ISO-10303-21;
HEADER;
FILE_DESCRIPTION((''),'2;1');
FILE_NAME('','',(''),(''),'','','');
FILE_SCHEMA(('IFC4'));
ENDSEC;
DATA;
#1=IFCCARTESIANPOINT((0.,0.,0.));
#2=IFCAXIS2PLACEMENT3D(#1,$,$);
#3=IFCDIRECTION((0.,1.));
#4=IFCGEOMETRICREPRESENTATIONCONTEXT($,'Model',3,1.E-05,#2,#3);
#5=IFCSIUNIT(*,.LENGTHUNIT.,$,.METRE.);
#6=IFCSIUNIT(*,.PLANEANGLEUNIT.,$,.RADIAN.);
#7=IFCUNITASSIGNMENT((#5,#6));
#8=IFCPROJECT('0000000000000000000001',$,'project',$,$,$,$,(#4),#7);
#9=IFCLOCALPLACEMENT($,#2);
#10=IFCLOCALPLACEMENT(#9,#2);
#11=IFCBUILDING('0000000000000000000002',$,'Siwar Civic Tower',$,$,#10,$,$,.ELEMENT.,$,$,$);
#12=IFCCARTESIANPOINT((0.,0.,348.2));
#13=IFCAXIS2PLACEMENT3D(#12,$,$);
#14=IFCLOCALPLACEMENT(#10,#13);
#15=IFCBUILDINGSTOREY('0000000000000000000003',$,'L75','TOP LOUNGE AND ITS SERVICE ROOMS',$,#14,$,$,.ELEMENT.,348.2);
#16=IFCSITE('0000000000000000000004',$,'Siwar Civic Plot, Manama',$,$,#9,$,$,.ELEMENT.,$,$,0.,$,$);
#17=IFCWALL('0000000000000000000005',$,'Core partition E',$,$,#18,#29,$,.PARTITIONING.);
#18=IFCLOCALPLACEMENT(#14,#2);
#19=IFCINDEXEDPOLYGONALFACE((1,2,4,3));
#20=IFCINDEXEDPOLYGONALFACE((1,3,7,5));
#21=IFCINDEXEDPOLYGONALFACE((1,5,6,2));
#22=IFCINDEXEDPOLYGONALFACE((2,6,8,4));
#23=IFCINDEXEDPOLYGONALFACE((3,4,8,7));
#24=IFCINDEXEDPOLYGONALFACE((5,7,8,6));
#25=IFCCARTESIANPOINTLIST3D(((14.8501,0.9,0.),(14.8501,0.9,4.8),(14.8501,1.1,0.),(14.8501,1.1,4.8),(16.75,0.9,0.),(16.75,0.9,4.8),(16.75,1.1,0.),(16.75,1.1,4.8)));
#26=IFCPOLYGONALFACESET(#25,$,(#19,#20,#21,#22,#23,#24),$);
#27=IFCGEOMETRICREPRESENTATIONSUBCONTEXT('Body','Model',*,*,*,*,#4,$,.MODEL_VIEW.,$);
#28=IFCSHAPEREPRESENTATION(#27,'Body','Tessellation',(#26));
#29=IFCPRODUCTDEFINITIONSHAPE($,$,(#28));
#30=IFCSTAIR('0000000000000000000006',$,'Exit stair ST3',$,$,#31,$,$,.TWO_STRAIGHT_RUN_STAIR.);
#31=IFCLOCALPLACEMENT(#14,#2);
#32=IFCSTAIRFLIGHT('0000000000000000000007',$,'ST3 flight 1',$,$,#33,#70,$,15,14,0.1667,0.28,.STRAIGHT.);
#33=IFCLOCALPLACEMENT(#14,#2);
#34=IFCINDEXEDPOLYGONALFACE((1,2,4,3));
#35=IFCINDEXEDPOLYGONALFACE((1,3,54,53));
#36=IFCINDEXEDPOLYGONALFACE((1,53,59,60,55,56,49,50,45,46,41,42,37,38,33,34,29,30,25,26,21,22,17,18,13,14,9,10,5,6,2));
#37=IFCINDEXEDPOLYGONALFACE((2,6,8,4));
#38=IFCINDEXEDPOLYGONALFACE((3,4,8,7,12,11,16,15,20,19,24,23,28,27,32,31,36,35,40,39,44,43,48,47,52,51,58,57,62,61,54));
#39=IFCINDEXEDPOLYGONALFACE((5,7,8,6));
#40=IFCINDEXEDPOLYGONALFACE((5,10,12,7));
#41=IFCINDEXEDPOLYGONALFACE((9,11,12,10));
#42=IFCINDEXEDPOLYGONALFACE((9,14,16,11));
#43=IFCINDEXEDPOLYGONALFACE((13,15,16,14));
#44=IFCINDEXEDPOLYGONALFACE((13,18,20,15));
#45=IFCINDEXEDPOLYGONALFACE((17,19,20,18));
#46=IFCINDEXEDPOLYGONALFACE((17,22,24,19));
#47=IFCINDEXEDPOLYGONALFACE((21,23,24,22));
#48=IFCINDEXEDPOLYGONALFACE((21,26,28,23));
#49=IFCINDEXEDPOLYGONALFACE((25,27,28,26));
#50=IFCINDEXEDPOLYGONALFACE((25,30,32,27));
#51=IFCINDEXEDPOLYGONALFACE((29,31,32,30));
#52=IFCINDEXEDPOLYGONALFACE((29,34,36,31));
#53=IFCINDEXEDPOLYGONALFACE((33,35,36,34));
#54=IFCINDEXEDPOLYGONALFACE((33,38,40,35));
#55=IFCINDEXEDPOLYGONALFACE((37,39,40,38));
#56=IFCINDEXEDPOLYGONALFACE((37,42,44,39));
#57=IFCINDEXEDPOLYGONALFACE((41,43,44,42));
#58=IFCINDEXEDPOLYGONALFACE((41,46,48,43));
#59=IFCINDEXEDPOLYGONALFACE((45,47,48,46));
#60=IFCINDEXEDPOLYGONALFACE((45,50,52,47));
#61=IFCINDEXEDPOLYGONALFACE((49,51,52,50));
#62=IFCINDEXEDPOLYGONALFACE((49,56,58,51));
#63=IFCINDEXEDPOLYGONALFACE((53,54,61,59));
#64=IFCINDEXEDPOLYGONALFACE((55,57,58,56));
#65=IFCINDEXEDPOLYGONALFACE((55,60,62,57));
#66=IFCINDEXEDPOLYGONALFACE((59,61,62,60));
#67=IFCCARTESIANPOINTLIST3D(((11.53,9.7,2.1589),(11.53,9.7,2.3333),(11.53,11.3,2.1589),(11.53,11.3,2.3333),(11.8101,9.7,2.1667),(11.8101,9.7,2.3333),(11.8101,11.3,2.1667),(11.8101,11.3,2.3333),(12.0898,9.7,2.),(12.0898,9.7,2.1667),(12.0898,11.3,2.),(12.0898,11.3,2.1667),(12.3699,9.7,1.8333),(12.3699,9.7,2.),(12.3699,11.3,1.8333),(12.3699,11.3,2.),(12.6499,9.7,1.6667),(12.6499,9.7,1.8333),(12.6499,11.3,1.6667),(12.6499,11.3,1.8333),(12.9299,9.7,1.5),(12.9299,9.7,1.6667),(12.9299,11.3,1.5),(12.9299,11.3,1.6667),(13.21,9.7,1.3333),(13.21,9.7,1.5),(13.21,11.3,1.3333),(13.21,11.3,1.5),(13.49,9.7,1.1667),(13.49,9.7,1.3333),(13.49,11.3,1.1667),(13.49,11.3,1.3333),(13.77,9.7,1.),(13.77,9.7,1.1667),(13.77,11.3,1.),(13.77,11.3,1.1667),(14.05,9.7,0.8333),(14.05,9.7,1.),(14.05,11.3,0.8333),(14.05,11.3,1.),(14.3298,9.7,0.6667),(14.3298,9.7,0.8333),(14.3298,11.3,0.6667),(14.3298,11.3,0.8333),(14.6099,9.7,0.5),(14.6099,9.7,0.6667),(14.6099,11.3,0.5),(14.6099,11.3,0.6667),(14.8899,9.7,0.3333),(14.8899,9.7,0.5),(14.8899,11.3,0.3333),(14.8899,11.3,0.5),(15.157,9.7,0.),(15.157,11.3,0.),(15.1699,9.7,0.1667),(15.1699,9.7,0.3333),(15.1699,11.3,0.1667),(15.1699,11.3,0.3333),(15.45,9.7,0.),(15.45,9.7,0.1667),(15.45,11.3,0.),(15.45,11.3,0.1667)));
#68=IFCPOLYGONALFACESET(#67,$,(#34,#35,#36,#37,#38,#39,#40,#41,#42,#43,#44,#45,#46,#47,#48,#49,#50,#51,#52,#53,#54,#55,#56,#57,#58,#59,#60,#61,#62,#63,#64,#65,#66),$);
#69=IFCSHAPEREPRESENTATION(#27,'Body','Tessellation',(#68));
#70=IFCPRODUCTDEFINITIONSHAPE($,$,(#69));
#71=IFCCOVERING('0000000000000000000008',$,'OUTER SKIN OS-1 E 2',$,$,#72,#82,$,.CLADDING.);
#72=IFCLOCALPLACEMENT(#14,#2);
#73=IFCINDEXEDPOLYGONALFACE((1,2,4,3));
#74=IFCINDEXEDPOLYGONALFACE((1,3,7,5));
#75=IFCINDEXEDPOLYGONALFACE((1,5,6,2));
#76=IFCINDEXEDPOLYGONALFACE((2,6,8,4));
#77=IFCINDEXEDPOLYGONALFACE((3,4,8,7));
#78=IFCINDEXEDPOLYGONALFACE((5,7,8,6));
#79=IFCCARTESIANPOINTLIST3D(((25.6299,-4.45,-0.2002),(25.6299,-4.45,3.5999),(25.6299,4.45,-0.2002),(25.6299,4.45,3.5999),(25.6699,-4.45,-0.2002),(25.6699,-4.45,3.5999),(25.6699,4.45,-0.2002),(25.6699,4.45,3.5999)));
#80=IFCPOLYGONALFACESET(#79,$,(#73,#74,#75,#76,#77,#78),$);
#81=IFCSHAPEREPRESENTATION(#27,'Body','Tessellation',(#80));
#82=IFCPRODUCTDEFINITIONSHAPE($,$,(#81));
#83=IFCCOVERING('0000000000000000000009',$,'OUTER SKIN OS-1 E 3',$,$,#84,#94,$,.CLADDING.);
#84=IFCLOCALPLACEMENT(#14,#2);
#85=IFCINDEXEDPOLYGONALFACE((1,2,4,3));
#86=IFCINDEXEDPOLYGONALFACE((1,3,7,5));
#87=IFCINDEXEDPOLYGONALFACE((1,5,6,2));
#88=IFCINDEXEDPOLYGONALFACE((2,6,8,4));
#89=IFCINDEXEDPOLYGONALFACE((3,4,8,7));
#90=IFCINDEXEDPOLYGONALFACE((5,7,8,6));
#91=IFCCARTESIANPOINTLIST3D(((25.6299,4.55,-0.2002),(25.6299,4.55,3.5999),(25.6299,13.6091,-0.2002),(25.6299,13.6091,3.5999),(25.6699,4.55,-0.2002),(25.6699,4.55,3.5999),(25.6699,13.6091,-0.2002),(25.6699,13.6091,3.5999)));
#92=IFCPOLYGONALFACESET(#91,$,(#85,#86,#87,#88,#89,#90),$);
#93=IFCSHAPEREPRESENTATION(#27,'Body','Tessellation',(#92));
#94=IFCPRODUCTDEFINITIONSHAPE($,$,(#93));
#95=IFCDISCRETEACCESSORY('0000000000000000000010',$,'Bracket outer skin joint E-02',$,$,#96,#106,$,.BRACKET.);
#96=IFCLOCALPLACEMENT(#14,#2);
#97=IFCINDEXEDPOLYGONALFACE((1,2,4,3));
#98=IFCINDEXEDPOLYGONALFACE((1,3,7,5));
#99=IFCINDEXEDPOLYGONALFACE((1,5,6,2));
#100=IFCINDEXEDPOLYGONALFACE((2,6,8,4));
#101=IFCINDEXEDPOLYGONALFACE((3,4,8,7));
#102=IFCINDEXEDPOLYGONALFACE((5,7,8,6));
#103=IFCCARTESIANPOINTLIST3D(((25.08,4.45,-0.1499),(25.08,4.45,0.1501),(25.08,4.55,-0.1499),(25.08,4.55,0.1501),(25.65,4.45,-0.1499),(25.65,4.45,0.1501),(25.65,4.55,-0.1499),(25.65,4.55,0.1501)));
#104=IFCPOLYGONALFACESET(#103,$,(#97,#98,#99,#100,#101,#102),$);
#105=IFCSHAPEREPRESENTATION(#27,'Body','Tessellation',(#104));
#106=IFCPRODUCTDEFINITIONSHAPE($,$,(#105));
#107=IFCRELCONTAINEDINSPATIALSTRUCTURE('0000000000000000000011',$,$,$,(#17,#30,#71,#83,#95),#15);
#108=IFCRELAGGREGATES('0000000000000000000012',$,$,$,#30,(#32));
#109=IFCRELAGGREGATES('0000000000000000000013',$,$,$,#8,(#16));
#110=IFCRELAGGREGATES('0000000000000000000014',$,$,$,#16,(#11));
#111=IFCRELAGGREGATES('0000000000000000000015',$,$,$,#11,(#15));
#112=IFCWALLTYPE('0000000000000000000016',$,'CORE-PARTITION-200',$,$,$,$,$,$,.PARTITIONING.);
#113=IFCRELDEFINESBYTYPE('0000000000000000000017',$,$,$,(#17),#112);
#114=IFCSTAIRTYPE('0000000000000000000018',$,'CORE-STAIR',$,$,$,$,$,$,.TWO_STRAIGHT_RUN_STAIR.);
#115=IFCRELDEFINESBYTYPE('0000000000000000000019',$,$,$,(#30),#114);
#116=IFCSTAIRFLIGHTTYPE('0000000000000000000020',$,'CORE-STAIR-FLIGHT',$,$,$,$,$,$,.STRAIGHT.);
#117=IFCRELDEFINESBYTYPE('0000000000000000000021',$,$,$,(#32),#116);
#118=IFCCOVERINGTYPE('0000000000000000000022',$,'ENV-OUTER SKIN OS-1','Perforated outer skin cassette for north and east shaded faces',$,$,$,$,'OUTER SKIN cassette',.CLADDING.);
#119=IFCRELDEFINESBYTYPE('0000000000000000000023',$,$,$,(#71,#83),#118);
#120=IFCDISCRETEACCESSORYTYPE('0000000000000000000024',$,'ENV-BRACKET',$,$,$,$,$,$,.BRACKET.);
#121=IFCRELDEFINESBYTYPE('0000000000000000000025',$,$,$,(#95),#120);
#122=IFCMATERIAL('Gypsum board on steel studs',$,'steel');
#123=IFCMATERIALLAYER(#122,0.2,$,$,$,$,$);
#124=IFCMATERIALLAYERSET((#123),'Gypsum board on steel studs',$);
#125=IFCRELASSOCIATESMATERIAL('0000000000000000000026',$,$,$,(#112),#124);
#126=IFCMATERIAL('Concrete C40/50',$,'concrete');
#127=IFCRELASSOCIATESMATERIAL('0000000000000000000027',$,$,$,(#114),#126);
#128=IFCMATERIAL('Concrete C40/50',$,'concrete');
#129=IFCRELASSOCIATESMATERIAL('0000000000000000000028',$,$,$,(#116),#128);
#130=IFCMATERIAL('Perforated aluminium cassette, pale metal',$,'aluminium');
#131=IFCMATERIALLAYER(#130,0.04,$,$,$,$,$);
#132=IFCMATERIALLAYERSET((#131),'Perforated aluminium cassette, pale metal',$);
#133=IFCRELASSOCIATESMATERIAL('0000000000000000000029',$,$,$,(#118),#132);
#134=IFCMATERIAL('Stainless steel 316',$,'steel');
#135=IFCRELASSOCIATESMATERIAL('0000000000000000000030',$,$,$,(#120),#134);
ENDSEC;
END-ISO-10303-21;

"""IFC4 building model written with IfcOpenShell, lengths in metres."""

from ifc_helpers import new_model, si_unit, direction, frame, frame_2d, origin, origin_2d, place, context, subcontext, project, spatial, polyline, rectangle, outline, extrude, material, layer, layer_set, type_object, element, aggregate, save


model = new_model("IFC4")

# Units and contexts
model_context = context("Model", 3, precision=1e-05, world=origin(), true_north=direction((0.0, 1.0)))
body_context = subcontext(model_context, "Body", "Model", "MODEL_VIEW")
ifc_project = project(units=[si_unit("LENGTHUNIT", "METRE"), si_unit("PLANEANGLEUNIT", "RADIAN")], contexts=[model_context])

# Site, building, storey
site_placement = place(None, origin())
site = spatial("IfcSite", under=ifc_project, at=site_placement, Name="Siwar Civic Plot, Manama", CompositionType="ELEMENT", RefElevation=0.0)
building_placement = place(site_placement, origin())
building = spatial("IfcBuilding", under=site, at=building_placement, Name="Siwar Civic Tower", CompositionType="ELEMENT")
storey_placement = place(building_placement, frame((0.0, 0.0, 348.2)))
storey = spatial("IfcBuildingStorey", under=building, at=storey_placement, Name="L75", Description="TOP LOUNGE AND ITS SERVICE ROOMS", CompositionType="ELEMENT", Elevation=348.2)

# Wall
ifc_material_1 = material(Name="Gypsum board on steel studs", Category="steel")
ifc_layer_1 = layer(ifc_material_1, 0.2)
ifc_layer_set_1 = layer_set([ifc_layer_1], Name="Gypsum board on steel studs")
wall_type_1 = type_object("IfcWallType", Name="CORE-PARTITION-200", PredefinedType="PARTITIONING", material=ifc_layer_set_1)
for number, where, z_axis, x_axis, name in (
    (1, (14.8501, 1.0, 0.0), (0.0, 0.0, 1.0), (1.0, 0.0, 0.0), "Core partition E"),
):
    element("IfcWall", number, at=place(storey_placement, frame(where, z_axis=z_axis, x_axis=x_axis)), inside=storey, type_object=wall_type_1, Name=name, PredefinedType="PARTITIONING", context=body_context, shape_type="SweptSolid", body=[
        extrude(rectangle(XDim=1.8999, YDim=0.2, at=frame_2d((0.95, 0.0))), origin(), (0.0, 0.0, 1.0), 4.8),
    ])

# Stair, stair flight
ifc_material_2 = material(Name="Concrete C40/50", Category="concrete")
stair_type = type_object("IfcStairType", Name="CORE-STAIR", PredefinedType="TWO_STRAIGHT_RUN_STAIR", material=ifc_material_2)
stair_placement = place(storey_placement, origin())
stair = element("IfcStair", 2, at=stair_placement, inside=storey, type_object=stair_type, Name="Exit stair ST3", PredefinedType="TWO_STRAIGHT_RUN_STAIR")
ifc_material_3 = material(Name="Concrete C40/50", Category="concrete")
stair_flight_type = type_object("IfcStairFlightType", Name="CORE-STAIR-FLIGHT", PredefinedType="STRAIGHT", material=ifc_material_3)
stair_flight_placement = place(storey_placement, frame((15.45, 10.5, 0.0), z_axis=(0.0, 0.0, 1.0), x_axis=(-1.0, 0.0, 0.0)))
stair_flight = element("IfcStairFlight", 3, at=stair_flight_placement, type_object=stair_flight_type, Name="ST3 flight 1", NumberOfRisers=15, NumberOfTreads=14, PredefinedType="STRAIGHT", RiserHeight=0.1667, TreadLength=0.28, context=body_context, shape_type="SweptSolid", body=[
    extrude(outline(polyline([(0.0, 0.0), (0.0, 0.1667), (0.28, 0.1667), (0.28, 0.3333), (0.5601, 0.3333), (0.5601, 0.5), (0.8401, 0.5), (0.8401, 0.6667), (1.1201, 0.6667), (1.1201, 0.8333), (1.3999, 0.8333), (1.3999, 1.0), (1.6799, 1.0), (1.6799, 1.1667), (1.96, 1.1667), (1.96, 1.3333), (2.24, 1.3333), (2.24, 1.5), (2.52, 1.5), (2.52, 1.6667), (2.8, 1.6667), (2.8, 1.8333), (3.0801, 1.8333), (3.0801, 2.0), (3.3601, 2.0), (3.3601, 2.1667), (3.6399, 2.1667), (3.6399, 2.3333), (3.9199, 2.3333), (3.9199, 2.5), (3.9199, 2.1589), (0.293, 0.0), (0.0, 0.0)])), frame((0.0, 0.8, 0.0), z_axis=(0.0, -1.0, 0.0), x_axis=(1.0, 0.0, 0.0)), (0.0, 0.0, 1.0), 1.6001),
])
aggregate(stair, [stair_flight])

# Coverings
ifc_material_4 = material(Name="Perforated aluminium cassette, pale metal", Category="aluminium")
ifc_layer_2 = layer(ifc_material_4, 0.04)
ifc_layer_set_2 = layer_set([ifc_layer_2], Name="Perforated aluminium cassette, pale metal")
covering_type = type_object("IfcCoveringType", Name="ENV-OUTER SKIN OS-1", Description="Perforated outer skin cassette for north and east shaded faces", ElementType="OUTER SKIN cassette", PredefinedType="CLADDING", material=ifc_layer_set_2)
covering_1_placement = place(storey_placement, frame((25.6499, 0.0, -0.2002), z_axis=(0.0, 0.0, 1.0), x_axis=(0.0, 1.0, 0.0)))
element("IfcCovering", 4, at=covering_1_placement, inside=storey, type_object=covering_type, Name="OUTER SKIN OS-1 E 2", PredefinedType="CLADDING", context=body_context, shape_type="SweptSolid", body=[
    extrude(rectangle(XDim=8.8999, YDim=0.04, at=origin_2d()), origin(), (0.0, 0.0, 1.0), 3.8),
])
covering_2_placement = place(storey_placement, frame((25.6499, 9.0796, -0.2002), z_axis=(0.0, 0.0, 1.0), x_axis=(0.0, 1.0, 0.0)))
element("IfcCovering", 5, at=covering_2_placement, inside=storey, type_object=covering_type, Name="OUTER SKIN OS-1 E 3", PredefinedType="CLADDING", context=body_context, shape_type="SweptSolid", body=[
    extrude(rectangle(XDim=9.0591, YDim=0.04, at=origin_2d()), origin(), (0.0, 0.0, 1.0), 3.8),
])

# Discrete accessory
ifc_material_5 = material(Name="Stainless steel 316", Category="steel")
discrete_accessory_type = type_object("IfcDiscreteAccessoryType", Name="ENV-BRACKET", PredefinedType="BRACKET", material=ifc_material_5)
discrete_accessory_placement = place(storey_placement, frame((25.365, 4.5, -0.1499), z_axis=(0.0, 0.0, 1.0), x_axis=(1.0, 0.0, 0.0)))
element("IfcDiscreteAccessory", 6, at=discrete_accessory_placement, inside=storey, type_object=discrete_accessory_type, Name="Bracket outer skin joint E-02", PredefinedType="BRACKET", context=body_context, shape_type="SweptSolid", body=[
    extrude(rectangle(XDim=0.5701, YDim=0.1001, at=origin_2d()), origin(), (0.0, 0.0, 1.0), 0.3),
])

save(model, "model.ifc")
